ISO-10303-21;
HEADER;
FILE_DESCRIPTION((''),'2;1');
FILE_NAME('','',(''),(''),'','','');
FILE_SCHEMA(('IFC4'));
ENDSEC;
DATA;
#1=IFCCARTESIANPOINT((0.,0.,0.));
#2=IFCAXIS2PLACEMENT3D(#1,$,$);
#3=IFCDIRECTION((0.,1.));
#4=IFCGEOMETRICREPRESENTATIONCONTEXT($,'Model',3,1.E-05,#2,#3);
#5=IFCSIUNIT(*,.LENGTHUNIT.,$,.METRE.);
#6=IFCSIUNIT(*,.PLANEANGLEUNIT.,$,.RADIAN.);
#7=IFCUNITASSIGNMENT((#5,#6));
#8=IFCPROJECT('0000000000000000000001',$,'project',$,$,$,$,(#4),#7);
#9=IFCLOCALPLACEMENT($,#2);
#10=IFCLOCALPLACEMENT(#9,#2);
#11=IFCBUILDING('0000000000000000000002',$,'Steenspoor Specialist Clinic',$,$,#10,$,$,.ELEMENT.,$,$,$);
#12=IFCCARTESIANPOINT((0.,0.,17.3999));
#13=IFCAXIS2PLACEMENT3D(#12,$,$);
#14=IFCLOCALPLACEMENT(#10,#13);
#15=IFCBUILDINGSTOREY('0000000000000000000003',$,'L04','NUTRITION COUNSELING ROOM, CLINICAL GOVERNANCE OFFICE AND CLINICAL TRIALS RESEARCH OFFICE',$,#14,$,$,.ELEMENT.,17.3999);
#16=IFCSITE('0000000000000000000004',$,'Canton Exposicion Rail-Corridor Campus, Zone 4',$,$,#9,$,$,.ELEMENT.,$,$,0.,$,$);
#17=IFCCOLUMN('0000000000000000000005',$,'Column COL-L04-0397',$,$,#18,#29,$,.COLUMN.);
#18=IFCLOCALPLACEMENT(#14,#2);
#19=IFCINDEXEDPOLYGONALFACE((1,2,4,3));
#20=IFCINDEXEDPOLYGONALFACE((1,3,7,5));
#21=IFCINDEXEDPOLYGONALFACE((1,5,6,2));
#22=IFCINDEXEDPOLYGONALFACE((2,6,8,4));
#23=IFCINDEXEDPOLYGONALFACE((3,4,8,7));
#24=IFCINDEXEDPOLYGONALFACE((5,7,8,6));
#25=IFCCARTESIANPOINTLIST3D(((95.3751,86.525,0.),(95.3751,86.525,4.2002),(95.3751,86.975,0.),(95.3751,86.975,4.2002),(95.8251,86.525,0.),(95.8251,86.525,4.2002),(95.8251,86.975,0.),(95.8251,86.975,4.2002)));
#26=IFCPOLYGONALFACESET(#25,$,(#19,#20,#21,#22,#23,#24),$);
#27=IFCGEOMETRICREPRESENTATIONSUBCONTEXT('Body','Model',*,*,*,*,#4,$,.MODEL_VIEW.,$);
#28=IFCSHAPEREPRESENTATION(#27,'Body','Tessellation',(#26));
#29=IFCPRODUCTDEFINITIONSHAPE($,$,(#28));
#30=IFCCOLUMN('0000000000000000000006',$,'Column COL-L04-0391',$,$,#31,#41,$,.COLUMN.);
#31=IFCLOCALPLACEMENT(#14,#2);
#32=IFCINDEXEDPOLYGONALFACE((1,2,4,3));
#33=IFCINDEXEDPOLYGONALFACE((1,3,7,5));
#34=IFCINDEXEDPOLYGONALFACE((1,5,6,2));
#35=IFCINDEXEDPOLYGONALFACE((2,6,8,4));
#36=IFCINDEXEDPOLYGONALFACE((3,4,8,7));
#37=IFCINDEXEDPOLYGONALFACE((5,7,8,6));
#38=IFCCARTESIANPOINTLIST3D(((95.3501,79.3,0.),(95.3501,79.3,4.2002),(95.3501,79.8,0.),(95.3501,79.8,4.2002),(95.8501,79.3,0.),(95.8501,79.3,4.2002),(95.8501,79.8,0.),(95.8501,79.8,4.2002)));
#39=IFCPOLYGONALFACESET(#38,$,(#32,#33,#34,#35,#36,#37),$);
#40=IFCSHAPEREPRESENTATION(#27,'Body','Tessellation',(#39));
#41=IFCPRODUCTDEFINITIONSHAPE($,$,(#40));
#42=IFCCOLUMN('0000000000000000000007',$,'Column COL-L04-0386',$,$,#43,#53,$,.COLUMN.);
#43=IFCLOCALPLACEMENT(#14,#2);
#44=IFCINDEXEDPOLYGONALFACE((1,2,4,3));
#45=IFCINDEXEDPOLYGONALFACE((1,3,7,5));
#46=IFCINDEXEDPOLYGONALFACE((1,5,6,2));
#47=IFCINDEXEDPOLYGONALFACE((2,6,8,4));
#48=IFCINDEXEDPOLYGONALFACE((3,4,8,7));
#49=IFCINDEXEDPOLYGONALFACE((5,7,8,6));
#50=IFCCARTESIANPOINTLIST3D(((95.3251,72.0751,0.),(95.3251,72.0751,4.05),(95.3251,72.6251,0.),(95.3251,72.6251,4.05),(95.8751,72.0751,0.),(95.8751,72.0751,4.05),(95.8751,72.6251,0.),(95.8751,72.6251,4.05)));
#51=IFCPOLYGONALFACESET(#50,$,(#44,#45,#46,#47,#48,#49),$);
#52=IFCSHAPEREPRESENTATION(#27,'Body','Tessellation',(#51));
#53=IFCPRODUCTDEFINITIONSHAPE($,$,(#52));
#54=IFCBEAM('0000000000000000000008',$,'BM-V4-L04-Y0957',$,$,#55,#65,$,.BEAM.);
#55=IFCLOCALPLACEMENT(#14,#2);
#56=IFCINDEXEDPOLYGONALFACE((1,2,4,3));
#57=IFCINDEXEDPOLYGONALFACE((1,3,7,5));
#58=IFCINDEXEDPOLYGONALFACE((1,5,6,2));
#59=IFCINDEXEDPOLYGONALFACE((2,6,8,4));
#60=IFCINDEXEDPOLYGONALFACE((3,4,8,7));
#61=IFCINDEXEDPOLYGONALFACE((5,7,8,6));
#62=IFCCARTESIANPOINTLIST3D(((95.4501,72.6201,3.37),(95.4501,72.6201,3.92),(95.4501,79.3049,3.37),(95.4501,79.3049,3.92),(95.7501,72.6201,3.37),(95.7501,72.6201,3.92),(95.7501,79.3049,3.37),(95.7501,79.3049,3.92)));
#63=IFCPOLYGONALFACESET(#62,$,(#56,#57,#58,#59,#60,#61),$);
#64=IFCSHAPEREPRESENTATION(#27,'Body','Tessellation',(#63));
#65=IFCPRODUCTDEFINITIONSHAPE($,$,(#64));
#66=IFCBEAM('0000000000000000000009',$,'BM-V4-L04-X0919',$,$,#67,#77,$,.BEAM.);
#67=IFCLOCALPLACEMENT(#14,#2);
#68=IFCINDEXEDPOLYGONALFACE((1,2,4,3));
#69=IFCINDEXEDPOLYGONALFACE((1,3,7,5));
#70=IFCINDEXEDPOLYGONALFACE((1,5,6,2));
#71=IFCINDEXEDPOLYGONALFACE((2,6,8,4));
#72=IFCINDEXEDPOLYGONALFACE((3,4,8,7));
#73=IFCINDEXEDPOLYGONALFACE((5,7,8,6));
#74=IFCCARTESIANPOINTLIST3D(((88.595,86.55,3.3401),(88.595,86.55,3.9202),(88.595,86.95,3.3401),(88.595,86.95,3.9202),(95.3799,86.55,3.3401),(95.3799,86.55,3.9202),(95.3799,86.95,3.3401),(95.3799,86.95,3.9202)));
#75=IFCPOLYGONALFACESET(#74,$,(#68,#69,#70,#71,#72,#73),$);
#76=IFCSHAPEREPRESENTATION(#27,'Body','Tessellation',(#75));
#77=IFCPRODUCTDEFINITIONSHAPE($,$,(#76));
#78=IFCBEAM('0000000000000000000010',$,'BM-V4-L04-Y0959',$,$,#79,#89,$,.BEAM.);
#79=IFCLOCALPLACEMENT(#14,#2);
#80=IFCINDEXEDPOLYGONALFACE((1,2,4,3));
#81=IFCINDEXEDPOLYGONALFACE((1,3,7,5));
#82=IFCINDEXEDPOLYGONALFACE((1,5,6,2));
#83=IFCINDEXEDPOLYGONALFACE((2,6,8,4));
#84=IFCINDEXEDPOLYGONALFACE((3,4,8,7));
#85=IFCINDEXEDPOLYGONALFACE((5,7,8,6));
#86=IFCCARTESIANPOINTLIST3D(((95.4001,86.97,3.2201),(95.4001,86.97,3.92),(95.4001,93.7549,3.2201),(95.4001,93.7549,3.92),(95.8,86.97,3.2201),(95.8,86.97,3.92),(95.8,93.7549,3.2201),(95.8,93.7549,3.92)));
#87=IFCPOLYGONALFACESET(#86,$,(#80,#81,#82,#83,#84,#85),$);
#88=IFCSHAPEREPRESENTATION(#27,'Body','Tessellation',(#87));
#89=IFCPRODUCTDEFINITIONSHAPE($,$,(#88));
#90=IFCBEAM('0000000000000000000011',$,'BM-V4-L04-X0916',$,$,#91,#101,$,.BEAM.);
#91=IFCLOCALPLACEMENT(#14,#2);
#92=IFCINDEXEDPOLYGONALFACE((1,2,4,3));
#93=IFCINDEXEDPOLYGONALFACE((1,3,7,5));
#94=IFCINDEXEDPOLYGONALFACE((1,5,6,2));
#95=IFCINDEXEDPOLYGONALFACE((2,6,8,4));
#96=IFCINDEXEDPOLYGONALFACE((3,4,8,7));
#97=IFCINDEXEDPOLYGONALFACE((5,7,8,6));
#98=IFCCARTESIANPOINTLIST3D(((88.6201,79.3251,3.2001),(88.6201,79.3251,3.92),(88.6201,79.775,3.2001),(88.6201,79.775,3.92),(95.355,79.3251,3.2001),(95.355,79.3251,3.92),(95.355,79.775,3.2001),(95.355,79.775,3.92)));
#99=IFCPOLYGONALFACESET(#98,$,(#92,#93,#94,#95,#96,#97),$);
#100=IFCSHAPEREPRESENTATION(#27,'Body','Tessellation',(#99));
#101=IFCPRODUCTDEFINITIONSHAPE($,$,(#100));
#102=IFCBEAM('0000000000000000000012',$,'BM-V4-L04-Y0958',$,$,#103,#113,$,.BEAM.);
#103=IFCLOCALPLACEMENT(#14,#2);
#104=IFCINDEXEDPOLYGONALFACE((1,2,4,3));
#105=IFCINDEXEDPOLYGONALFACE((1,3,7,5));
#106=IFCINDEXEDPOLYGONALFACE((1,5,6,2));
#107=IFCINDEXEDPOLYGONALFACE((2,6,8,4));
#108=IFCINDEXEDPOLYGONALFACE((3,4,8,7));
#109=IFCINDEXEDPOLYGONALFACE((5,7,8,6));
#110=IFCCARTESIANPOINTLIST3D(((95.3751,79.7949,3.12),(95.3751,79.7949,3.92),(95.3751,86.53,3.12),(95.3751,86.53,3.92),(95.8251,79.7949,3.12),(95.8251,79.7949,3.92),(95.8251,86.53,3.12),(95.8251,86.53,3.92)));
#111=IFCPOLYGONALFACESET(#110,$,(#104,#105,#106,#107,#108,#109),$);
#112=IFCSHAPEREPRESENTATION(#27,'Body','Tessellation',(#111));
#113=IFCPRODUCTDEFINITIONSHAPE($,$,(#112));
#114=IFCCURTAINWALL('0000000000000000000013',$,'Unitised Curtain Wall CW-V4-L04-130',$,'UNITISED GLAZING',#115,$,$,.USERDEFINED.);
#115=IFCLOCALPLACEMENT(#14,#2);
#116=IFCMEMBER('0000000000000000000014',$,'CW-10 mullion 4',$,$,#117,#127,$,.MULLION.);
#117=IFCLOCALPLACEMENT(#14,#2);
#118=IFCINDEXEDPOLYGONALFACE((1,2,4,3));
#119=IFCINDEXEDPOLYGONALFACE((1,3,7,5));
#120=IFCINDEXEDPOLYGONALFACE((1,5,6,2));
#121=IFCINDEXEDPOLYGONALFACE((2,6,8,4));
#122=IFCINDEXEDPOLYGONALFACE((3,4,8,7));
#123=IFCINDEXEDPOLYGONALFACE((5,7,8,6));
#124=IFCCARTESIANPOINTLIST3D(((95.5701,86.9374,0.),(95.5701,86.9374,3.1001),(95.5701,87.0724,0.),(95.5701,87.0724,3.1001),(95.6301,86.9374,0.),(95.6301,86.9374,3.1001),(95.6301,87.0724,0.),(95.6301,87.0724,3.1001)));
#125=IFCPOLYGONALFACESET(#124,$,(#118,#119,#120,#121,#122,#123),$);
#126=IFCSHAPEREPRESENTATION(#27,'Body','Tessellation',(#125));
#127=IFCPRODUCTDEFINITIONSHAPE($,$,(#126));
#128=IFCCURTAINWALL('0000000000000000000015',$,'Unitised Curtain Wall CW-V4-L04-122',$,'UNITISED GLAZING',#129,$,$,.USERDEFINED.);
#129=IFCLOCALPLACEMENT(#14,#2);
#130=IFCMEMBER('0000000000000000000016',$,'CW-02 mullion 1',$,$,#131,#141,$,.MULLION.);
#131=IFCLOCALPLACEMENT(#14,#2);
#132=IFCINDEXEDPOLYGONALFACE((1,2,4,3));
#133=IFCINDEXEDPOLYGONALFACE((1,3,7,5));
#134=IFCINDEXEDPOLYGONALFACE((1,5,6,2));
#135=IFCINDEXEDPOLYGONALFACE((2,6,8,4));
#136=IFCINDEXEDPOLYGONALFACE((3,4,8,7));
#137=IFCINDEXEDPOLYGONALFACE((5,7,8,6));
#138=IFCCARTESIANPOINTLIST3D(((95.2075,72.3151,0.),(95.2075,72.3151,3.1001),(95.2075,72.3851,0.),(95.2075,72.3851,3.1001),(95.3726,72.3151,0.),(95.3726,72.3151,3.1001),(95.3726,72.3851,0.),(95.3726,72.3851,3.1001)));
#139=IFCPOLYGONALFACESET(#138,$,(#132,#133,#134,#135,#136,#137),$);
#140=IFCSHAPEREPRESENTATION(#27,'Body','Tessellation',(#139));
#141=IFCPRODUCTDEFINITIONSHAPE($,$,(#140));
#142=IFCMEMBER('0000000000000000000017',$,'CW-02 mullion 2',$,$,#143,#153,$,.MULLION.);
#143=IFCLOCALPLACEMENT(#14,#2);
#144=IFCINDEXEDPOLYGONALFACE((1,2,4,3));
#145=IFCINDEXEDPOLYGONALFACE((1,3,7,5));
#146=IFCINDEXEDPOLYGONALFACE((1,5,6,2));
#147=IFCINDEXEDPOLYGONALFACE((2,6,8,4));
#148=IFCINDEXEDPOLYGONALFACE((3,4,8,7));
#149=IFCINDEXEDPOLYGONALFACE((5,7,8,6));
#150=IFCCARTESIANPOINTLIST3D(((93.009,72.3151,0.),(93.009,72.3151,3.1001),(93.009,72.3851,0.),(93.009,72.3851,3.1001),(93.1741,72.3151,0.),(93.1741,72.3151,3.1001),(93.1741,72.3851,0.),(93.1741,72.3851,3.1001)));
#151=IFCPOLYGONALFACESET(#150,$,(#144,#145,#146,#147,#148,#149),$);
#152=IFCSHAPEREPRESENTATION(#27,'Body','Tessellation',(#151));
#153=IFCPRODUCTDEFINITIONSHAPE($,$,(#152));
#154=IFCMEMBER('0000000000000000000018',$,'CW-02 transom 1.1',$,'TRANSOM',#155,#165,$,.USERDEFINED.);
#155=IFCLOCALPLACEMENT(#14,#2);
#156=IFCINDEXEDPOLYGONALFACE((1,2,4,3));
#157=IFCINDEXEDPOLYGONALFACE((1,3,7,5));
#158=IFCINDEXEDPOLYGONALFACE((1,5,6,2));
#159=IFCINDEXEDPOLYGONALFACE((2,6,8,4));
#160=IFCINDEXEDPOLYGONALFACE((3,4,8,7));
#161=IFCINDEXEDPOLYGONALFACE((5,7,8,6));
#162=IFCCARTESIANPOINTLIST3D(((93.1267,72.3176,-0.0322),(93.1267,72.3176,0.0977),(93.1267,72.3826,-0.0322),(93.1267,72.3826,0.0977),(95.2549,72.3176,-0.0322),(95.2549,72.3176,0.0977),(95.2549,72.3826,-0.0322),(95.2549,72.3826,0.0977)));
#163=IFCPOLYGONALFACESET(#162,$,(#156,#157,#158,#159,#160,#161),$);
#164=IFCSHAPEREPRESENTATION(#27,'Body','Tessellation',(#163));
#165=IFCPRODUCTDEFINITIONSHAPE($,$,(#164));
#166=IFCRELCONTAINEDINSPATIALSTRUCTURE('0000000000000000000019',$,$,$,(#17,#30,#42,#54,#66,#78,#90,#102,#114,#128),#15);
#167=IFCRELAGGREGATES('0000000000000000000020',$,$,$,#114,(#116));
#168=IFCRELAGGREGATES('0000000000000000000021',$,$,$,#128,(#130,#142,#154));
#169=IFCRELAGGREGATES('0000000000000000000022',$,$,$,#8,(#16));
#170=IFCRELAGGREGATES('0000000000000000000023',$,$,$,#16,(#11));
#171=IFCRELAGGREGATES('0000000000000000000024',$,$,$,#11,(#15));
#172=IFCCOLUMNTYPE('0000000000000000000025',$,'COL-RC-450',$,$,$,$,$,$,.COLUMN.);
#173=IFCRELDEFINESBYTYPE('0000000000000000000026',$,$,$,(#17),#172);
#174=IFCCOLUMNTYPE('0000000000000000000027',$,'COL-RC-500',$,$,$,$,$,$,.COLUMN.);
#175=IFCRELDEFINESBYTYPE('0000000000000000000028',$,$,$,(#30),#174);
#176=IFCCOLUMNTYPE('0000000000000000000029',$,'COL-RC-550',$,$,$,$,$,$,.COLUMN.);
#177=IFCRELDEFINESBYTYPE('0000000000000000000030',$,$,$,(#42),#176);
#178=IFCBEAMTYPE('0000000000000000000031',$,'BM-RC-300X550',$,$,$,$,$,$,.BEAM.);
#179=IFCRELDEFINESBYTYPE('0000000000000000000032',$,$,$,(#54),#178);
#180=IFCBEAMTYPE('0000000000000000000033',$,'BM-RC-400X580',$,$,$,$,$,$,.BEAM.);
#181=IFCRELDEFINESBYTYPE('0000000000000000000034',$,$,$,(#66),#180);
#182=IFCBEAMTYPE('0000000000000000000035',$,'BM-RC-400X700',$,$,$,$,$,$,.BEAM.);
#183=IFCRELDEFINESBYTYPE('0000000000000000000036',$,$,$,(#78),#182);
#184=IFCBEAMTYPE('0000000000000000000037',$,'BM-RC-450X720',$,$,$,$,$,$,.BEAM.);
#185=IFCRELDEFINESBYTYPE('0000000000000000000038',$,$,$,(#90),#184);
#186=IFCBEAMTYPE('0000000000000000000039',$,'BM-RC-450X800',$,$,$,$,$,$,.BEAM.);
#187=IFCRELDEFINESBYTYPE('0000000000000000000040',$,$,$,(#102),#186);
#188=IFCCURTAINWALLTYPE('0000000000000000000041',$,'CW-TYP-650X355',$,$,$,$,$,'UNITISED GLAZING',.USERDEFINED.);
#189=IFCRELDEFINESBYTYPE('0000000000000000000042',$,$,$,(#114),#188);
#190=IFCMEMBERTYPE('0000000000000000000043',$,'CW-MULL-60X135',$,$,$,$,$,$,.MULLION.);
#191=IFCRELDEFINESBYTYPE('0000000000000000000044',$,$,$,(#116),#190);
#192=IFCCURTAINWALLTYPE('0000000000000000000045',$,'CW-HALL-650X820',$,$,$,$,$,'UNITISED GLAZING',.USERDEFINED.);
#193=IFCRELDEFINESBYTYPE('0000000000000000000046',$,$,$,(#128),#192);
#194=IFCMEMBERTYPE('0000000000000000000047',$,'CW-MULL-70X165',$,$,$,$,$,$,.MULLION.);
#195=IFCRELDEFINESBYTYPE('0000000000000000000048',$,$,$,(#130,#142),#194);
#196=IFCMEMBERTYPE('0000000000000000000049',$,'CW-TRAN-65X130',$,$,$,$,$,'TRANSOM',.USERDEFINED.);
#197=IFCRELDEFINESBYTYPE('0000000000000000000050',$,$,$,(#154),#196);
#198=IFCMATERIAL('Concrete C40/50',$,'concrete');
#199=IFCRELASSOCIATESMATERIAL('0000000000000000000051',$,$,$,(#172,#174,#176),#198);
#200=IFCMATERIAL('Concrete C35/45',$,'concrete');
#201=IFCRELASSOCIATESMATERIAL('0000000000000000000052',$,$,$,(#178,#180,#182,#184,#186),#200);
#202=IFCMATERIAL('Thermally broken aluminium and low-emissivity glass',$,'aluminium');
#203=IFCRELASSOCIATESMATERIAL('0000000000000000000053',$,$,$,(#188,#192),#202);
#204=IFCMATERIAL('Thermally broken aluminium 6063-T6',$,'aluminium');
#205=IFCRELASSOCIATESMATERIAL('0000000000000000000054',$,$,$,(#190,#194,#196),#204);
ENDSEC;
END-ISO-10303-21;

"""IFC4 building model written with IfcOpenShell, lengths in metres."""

from ifc_helpers import new_model, si_unit, direction, frame, origin, origin_2d, place, context, subcontext, project, spatial, rectangle, extrude, material, material_profile, profile_set, type_object, element, aggregate, save


model = new_model("IFC4")

# Units and contexts
model_context = context("Model", 3, precision=1e-05, world=origin(), true_north=direction((0.0, 1.0)))
body_context = subcontext(model_context, "Body", "Model", "MODEL_VIEW")
ifc_project = project(units=[si_unit("LENGTHUNIT", "METRE"), si_unit("PLANEANGLEUNIT", "RADIAN")], contexts=[model_context])

# Site, building, storey
site_placement = place(None, origin())
site = spatial("IfcSite", under=ifc_project, at=site_placement, Name="Canton Exposicion Rail-Corridor Campus, Zone 4", CompositionType="ELEMENT", RefElevation=0.0)
building_placement = place(site_placement, origin())
building = spatial("IfcBuilding", under=site, at=building_placement, Name="Steenspoor Specialist Clinic", CompositionType="ELEMENT")
storey_placement = place(building_placement, frame((0.0, 0.0, 17.3999)))
storey = spatial("IfcBuildingStorey", under=building, at=storey_placement, Name="L04", Description="NUTRITION COUNSELING ROOM, CLINICAL GOVERNANCE OFFICE AND CLINICAL TRIALS RESEARCH OFFICE", CompositionType="ELEMENT", Elevation=17.3999)

# Columns
ifc_material_1 = material(Name="Concrete C40/50", Category="concrete")
ifc_material_profile_1 = material_profile(ifc_material_1, rectangle(XDim=0.45, YDim=0.45, at=origin_2d()), Name="RC-COL-450X450")
ifc_profile_set_1 = profile_set([ifc_material_profile_1], Name="Concrete C40/50")
column_type_1 = type_object("IfcColumnType", Name="COL-RC-450", PredefinedType="COLUMN", material=ifc_profile_set_1)
column_1_placement = place(storey_placement, frame((95.6001, 86.75, 0.0), z_axis=(0.0, 0.0, 1.0), x_axis=(1.0, 0.0, 0.0)))
element("IfcColumn", 1, at=column_1_placement, inside=storey, type_object=column_type_1, Name="Column COL-L04-0397", PredefinedType="COLUMN", context=body_context, shape_type="SweptSolid", body=[
    extrude(rectangle(XDim=0.45, YDim=0.45, at=origin_2d()), origin(), (0.0, 0.0, 1.0), 4.2002),
])
ifc_material_profile_2 = material_profile(ifc_material_1, rectangle(XDim=0.5, YDim=0.5, at=origin_2d()), Name="RC-COL-500X500")
ifc_profile_set_2 = profile_set([ifc_material_profile_2], Name="Concrete C40/50")
column_type_2 = type_object("IfcColumnType", Name="COL-RC-500", PredefinedType="COLUMN", material=ifc_profile_set_2)
column_2_placement = place(storey_placement, frame((95.6001, 79.55, 0.0), z_axis=(0.0, 0.0, 1.0), x_axis=(1.0, 0.0, 0.0)))
element("IfcColumn", 2, at=column_2_placement, inside=storey, type_object=column_type_2, Name="Column COL-L04-0391", PredefinedType="COLUMN", context=body_context, shape_type="SweptSolid", body=[
    extrude(rectangle(XDim=0.5, YDim=0.5, at=origin_2d()), origin(), (0.0, 0.0, 1.0), 4.2002),
])
ifc_material_profile_3 = material_profile(ifc_material_1, rectangle(XDim=0.55, YDim=0.55, at=origin_2d()), Name="RC-COL-550X550")
ifc_profile_set_3 = profile_set([ifc_material_profile_3], Name="Concrete C40/50")
column_type_3 = type_object("IfcColumnType", Name="COL-RC-550", PredefinedType="COLUMN", material=ifc_profile_set_3)
column_3_placement = place(storey_placement, frame((95.6001, 72.3501, 0.0), z_axis=(0.0, 0.0, 1.0), x_axis=(1.0, 0.0, 0.0)))
element("IfcColumn", 3, at=column_3_placement, inside=storey, type_object=column_type_3, Name="Column COL-L04-0386", PredefinedType="COLUMN", context=body_context, shape_type="SweptSolid", body=[
    extrude(rectangle(XDim=0.55, YDim=0.55, at=origin_2d()), origin(), (0.0, 0.0, 1.0), 4.05),
])

# Beams
ifc_material_2 = material(Name="Concrete C35/45", Category="concrete")
ifc_material_profile_4 = material_profile(ifc_material_2, rectangle(XDim=0.3, YDim=0.55, at=origin_2d()), Name="RC-BM-300X550")
ifc_profile_set_4 = profile_set([ifc_material_profile_4], Name="Concrete C35/45")
beam_type_1 = type_object("IfcBeamType", Name="BM-RC-300X550", PredefinedType="BEAM", material=ifc_profile_set_4)
beam_1_placement = place(storey_placement, frame((95.6001, 72.6201, 3.645), z_axis=(0.0, 1.0, 0.0), x_axis=(-1.0, 0.0, 0.0)))
element("IfcBeam", 4, at=beam_1_placement, inside=storey, type_object=beam_type_1, Name="BM-V4-L04-Y0957", PredefinedType="BEAM", context=body_context, shape_type="SweptSolid", body=[
    extrude(rectangle(XDim=0.3, YDim=0.55, at=origin_2d()), origin(), (0.0, 0.0, 1.0), 6.6848),
])
ifc_material_profile_5 = material_profile(ifc_material_2, rectangle(XDim=0.3999, YDim=0.5801, at=origin_2d()), Name="RC-BM-400X580")
ifc_profile_set_5 = profile_set([ifc_material_profile_5], Name="Concrete C35/45")
beam_type_2 = type_object("IfcBeamType", Name="BM-RC-400X580", PredefinedType="BEAM", material=ifc_profile_set_5)
beam_2_placement = place(storey_placement, frame((88.595, 86.75, 3.6301), z_axis=(1.0, 0.0, 0.0), x_axis=(0.0, 1.0, 0.0)))
element("IfcBeam", 5, at=beam_2_placement, inside=storey, type_object=beam_type_2, Name="BM-V4-L04-X0919", PredefinedType="BEAM", context=body_context, shape_type="SweptSolid", body=[
    extrude(rectangle(XDim=0.3999, YDim=0.5801, at=origin_2d()), origin(), (0.0, 0.0, 1.0), 6.7849),
])
ifc_material_profile_6 = material_profile(ifc_material_2, rectangle(XDim=0.3999, YDim=0.7, at=origin_2d()), Name="RC-BM-400X700")
ifc_profile_set_6 = profile_set([ifc_material_profile_6], Name="Concrete C35/45")
beam_type_3 = type_object("IfcBeamType", Name="BM-RC-400X700", PredefinedType="BEAM", material=ifc_profile_set_6)
beam_3_placement = place(storey_placement, frame((95.6001, 86.97, 3.5701), z_axis=(0.0, 1.0, 0.0), x_axis=(-1.0, 0.0, 0.0)))
element("IfcBeam", 6, at=beam_3_placement, inside=storey, type_object=beam_type_3, Name="BM-V4-L04-Y0959", PredefinedType="BEAM", context=body_context, shape_type="SweptSolid", body=[
    extrude(rectangle(XDim=0.3999, YDim=0.7, at=origin_2d()), origin(), (0.0, 0.0, 1.0), 6.7849),
])
ifc_material_profile_7 = material_profile(ifc_material_2, rectangle(XDim=0.45, YDim=0.72, at=origin_2d()), Name="RC-BM-450X720")
ifc_profile_set_7 = profile_set([ifc_material_profile_7], Name="Concrete C35/45")
beam_type_4 = type_object("IfcBeamType", Name="BM-RC-450X720", PredefinedType="BEAM", material=ifc_profile_set_7)
beam_4_placement = place(storey_placement, frame((88.6201, 79.55, 3.5601), z_axis=(1.0, 0.0, 0.0), x_axis=(0.0, 1.0, 0.0)))
element("IfcBeam", 7, at=beam_4_placement, inside=storey, type_object=beam_type_4, Name="BM-V4-L04-X0916", PredefinedType="BEAM", context=body_context, shape_type="SweptSolid", body=[
    extrude(rectangle(XDim=0.45, YDim=0.72, at=origin_2d()), origin(), (0.0, 0.0, 1.0), 6.7349),
])
ifc_material_profile_8 = material_profile(ifc_material_2, rectangle(XDim=0.45, YDim=0.8, at=origin_2d()), Name="RC-BM-450X800")
ifc_profile_set_8 = profile_set([ifc_material_profile_8], Name="Concrete C35/45")
beam_type_5 = type_object("IfcBeamType", Name="BM-RC-450X800", PredefinedType="BEAM", material=ifc_profile_set_8)
beam_5_placement = place(storey_placement, frame((95.6001, 79.7949, 3.52), z_axis=(0.0, 1.0, 0.0), x_axis=(-1.0, 0.0, 0.0)))
element("IfcBeam", 8, at=beam_5_placement, inside=storey, type_object=beam_type_5, Name="BM-V4-L04-Y0958", PredefinedType="BEAM", context=body_context, shape_type="SweptSolid", body=[
    extrude(rectangle(XDim=0.45, YDim=0.8, at=origin_2d()), origin(), (0.0, 0.0, 1.0), 6.7351),
])

# Curtain wall, member
ifc_material_3 = material(Name="Thermally broken aluminium and low-emissivity glass", Category="aluminium")
curtain_wall_type_1 = type_object("IfcCurtainWallType", Name="CW-TYP-650X355", ElementType="UNITISED GLAZING", PredefinedType="USERDEFINED", material=ifc_material_3)
curtain_wall_1_placement = place(storey_placement, origin())
curtain_wall_1 = element("IfcCurtainWall", 9, at=curtain_wall_1_placement, inside=storey, type_object=curtain_wall_type_1, Name="Unitised Curtain Wall CW-V4-L04-130", ObjectType="UNITISED GLAZING", PredefinedType="USERDEFINED")
ifc_material_4 = material(Name="Thermally broken aluminium 6063-T6", Category="aluminium")
ifc_material_profile_9 = material_profile(ifc_material_4, rectangle(XDim=0.0601, YDim=0.135, at=origin_2d()), Name="CWM-60X135")
ifc_profile_set_9 = profile_set([ifc_material_profile_9], Name="Thermally broken aluminium 6063-T6")
member_type_1 = type_object("IfcMemberType", Name="CW-MULL-60X135", PredefinedType="MULLION", material=ifc_profile_set_9)
member_1_placement = place(storey_placement, frame((95.6001, 87.0049, 0.0), z_axis=(0.0, 0.0, 1.0), x_axis=(1.0, 0.0, 0.0)))
member_1 = element("IfcMember", 10, at=member_1_placement, type_object=member_type_1, Name="CW-10 mullion 4", PredefinedType="MULLION", context=body_context, shape_type="SweptSolid", body=[
    extrude(rectangle(XDim=0.0601, YDim=0.135, at=origin_2d()), origin(), (0.0, 0.0, 1.0), 3.1001),
])
aggregate(curtain_wall_1, [member_1])

# Curtain wall, members
curtain_wall_type_2 = type_object("IfcCurtainWallType", Name="CW-HALL-650X820", ElementType="UNITISED GLAZING", PredefinedType="USERDEFINED", material=ifc_material_3)
curtain_wall_2_placement = place(storey_placement, origin())
curtain_wall_2 = element("IfcCurtainWall", 11, at=curtain_wall_2_placement, inside=storey, type_object=curtain_wall_type_2, Name="Unitised Curtain Wall CW-V4-L04-122", ObjectType="UNITISED GLAZING", PredefinedType="USERDEFINED")
ifc_material_profile_10 = material_profile(ifc_material_4, rectangle(XDim=0.0701, YDim=0.165, at=origin_2d()), Name="CWM-70X165")
ifc_profile_set_10 = profile_set([ifc_material_profile_10], Name="Thermally broken aluminium 6063-T6")
member_type_2 = type_object("IfcMemberType", Name="CW-MULL-70X165", PredefinedType="MULLION", material=ifc_profile_set_10)
member_2_placement = place(storey_placement, frame((95.29, 72.3501, 0.0), z_axis=(0.0, 0.0, 1.0), x_axis=(0.0, -1.0, 0.0)))
member_2 = element("IfcMember", 12, at=member_2_placement, type_object=member_type_2, Name="CW-02 mullion 1", PredefinedType="MULLION", context=body_context, shape_type="SweptSolid", body=[
    extrude(rectangle(XDim=0.0701, YDim=0.165, at=origin_2d()), origin(), (0.0, 0.0, 1.0), 3.1001),
])
member_3_placement = place(storey_placement, frame((93.0916, 72.3501, 0.0), z_axis=(0.0, 0.0, 1.0), x_axis=(0.0, -1.0, 0.0)))
member_3 = element("IfcMember", 13, at=member_3_placement, type_object=member_type_2, Name="CW-02 mullion 2", PredefinedType="MULLION", context=body_context, shape_type="SweptSolid", body=[
    extrude(rectangle(XDim=0.0701, YDim=0.165, at=origin_2d()), origin(), (0.0, 0.0, 1.0), 3.1001),
])
ifc_material_profile_11 = material_profile(ifc_material_4, rectangle(XDim=0.0649, YDim=0.1299, at=origin_2d()), Name="CWT-65X130")
ifc_profile_set_11 = profile_set([ifc_material_profile_11], Name="Thermally broken aluminium 6063-T6")
member_type_3 = type_object("IfcMemberType", Name="CW-TRAN-65X130", ElementType="TRANSOM", PredefinedType="USERDEFINED", material=ifc_profile_set_11)
member_4_placement = place(storey_placement, frame((95.2549, 72.3501, 0.0327), z_axis=(-1.0, 0.0, 0.0), x_axis=(0.0, -1.0, 0.0)))
member_4 = element("IfcMember", 14, at=member_4_placement, type_object=member_type_3, Name="CW-02 transom 1.1", ObjectType="TRANSOM", PredefinedType="USERDEFINED", context=body_context, shape_type="SweptSolid", body=[
    extrude(rectangle(XDim=0.0649, YDim=0.1299, at=origin_2d()), origin(), (0.0, 0.0, 1.0), 2.1282),
])

aggregate(curtain_wall_2, [member_2, member_3, member_4])

save(model, "model.ifc")
